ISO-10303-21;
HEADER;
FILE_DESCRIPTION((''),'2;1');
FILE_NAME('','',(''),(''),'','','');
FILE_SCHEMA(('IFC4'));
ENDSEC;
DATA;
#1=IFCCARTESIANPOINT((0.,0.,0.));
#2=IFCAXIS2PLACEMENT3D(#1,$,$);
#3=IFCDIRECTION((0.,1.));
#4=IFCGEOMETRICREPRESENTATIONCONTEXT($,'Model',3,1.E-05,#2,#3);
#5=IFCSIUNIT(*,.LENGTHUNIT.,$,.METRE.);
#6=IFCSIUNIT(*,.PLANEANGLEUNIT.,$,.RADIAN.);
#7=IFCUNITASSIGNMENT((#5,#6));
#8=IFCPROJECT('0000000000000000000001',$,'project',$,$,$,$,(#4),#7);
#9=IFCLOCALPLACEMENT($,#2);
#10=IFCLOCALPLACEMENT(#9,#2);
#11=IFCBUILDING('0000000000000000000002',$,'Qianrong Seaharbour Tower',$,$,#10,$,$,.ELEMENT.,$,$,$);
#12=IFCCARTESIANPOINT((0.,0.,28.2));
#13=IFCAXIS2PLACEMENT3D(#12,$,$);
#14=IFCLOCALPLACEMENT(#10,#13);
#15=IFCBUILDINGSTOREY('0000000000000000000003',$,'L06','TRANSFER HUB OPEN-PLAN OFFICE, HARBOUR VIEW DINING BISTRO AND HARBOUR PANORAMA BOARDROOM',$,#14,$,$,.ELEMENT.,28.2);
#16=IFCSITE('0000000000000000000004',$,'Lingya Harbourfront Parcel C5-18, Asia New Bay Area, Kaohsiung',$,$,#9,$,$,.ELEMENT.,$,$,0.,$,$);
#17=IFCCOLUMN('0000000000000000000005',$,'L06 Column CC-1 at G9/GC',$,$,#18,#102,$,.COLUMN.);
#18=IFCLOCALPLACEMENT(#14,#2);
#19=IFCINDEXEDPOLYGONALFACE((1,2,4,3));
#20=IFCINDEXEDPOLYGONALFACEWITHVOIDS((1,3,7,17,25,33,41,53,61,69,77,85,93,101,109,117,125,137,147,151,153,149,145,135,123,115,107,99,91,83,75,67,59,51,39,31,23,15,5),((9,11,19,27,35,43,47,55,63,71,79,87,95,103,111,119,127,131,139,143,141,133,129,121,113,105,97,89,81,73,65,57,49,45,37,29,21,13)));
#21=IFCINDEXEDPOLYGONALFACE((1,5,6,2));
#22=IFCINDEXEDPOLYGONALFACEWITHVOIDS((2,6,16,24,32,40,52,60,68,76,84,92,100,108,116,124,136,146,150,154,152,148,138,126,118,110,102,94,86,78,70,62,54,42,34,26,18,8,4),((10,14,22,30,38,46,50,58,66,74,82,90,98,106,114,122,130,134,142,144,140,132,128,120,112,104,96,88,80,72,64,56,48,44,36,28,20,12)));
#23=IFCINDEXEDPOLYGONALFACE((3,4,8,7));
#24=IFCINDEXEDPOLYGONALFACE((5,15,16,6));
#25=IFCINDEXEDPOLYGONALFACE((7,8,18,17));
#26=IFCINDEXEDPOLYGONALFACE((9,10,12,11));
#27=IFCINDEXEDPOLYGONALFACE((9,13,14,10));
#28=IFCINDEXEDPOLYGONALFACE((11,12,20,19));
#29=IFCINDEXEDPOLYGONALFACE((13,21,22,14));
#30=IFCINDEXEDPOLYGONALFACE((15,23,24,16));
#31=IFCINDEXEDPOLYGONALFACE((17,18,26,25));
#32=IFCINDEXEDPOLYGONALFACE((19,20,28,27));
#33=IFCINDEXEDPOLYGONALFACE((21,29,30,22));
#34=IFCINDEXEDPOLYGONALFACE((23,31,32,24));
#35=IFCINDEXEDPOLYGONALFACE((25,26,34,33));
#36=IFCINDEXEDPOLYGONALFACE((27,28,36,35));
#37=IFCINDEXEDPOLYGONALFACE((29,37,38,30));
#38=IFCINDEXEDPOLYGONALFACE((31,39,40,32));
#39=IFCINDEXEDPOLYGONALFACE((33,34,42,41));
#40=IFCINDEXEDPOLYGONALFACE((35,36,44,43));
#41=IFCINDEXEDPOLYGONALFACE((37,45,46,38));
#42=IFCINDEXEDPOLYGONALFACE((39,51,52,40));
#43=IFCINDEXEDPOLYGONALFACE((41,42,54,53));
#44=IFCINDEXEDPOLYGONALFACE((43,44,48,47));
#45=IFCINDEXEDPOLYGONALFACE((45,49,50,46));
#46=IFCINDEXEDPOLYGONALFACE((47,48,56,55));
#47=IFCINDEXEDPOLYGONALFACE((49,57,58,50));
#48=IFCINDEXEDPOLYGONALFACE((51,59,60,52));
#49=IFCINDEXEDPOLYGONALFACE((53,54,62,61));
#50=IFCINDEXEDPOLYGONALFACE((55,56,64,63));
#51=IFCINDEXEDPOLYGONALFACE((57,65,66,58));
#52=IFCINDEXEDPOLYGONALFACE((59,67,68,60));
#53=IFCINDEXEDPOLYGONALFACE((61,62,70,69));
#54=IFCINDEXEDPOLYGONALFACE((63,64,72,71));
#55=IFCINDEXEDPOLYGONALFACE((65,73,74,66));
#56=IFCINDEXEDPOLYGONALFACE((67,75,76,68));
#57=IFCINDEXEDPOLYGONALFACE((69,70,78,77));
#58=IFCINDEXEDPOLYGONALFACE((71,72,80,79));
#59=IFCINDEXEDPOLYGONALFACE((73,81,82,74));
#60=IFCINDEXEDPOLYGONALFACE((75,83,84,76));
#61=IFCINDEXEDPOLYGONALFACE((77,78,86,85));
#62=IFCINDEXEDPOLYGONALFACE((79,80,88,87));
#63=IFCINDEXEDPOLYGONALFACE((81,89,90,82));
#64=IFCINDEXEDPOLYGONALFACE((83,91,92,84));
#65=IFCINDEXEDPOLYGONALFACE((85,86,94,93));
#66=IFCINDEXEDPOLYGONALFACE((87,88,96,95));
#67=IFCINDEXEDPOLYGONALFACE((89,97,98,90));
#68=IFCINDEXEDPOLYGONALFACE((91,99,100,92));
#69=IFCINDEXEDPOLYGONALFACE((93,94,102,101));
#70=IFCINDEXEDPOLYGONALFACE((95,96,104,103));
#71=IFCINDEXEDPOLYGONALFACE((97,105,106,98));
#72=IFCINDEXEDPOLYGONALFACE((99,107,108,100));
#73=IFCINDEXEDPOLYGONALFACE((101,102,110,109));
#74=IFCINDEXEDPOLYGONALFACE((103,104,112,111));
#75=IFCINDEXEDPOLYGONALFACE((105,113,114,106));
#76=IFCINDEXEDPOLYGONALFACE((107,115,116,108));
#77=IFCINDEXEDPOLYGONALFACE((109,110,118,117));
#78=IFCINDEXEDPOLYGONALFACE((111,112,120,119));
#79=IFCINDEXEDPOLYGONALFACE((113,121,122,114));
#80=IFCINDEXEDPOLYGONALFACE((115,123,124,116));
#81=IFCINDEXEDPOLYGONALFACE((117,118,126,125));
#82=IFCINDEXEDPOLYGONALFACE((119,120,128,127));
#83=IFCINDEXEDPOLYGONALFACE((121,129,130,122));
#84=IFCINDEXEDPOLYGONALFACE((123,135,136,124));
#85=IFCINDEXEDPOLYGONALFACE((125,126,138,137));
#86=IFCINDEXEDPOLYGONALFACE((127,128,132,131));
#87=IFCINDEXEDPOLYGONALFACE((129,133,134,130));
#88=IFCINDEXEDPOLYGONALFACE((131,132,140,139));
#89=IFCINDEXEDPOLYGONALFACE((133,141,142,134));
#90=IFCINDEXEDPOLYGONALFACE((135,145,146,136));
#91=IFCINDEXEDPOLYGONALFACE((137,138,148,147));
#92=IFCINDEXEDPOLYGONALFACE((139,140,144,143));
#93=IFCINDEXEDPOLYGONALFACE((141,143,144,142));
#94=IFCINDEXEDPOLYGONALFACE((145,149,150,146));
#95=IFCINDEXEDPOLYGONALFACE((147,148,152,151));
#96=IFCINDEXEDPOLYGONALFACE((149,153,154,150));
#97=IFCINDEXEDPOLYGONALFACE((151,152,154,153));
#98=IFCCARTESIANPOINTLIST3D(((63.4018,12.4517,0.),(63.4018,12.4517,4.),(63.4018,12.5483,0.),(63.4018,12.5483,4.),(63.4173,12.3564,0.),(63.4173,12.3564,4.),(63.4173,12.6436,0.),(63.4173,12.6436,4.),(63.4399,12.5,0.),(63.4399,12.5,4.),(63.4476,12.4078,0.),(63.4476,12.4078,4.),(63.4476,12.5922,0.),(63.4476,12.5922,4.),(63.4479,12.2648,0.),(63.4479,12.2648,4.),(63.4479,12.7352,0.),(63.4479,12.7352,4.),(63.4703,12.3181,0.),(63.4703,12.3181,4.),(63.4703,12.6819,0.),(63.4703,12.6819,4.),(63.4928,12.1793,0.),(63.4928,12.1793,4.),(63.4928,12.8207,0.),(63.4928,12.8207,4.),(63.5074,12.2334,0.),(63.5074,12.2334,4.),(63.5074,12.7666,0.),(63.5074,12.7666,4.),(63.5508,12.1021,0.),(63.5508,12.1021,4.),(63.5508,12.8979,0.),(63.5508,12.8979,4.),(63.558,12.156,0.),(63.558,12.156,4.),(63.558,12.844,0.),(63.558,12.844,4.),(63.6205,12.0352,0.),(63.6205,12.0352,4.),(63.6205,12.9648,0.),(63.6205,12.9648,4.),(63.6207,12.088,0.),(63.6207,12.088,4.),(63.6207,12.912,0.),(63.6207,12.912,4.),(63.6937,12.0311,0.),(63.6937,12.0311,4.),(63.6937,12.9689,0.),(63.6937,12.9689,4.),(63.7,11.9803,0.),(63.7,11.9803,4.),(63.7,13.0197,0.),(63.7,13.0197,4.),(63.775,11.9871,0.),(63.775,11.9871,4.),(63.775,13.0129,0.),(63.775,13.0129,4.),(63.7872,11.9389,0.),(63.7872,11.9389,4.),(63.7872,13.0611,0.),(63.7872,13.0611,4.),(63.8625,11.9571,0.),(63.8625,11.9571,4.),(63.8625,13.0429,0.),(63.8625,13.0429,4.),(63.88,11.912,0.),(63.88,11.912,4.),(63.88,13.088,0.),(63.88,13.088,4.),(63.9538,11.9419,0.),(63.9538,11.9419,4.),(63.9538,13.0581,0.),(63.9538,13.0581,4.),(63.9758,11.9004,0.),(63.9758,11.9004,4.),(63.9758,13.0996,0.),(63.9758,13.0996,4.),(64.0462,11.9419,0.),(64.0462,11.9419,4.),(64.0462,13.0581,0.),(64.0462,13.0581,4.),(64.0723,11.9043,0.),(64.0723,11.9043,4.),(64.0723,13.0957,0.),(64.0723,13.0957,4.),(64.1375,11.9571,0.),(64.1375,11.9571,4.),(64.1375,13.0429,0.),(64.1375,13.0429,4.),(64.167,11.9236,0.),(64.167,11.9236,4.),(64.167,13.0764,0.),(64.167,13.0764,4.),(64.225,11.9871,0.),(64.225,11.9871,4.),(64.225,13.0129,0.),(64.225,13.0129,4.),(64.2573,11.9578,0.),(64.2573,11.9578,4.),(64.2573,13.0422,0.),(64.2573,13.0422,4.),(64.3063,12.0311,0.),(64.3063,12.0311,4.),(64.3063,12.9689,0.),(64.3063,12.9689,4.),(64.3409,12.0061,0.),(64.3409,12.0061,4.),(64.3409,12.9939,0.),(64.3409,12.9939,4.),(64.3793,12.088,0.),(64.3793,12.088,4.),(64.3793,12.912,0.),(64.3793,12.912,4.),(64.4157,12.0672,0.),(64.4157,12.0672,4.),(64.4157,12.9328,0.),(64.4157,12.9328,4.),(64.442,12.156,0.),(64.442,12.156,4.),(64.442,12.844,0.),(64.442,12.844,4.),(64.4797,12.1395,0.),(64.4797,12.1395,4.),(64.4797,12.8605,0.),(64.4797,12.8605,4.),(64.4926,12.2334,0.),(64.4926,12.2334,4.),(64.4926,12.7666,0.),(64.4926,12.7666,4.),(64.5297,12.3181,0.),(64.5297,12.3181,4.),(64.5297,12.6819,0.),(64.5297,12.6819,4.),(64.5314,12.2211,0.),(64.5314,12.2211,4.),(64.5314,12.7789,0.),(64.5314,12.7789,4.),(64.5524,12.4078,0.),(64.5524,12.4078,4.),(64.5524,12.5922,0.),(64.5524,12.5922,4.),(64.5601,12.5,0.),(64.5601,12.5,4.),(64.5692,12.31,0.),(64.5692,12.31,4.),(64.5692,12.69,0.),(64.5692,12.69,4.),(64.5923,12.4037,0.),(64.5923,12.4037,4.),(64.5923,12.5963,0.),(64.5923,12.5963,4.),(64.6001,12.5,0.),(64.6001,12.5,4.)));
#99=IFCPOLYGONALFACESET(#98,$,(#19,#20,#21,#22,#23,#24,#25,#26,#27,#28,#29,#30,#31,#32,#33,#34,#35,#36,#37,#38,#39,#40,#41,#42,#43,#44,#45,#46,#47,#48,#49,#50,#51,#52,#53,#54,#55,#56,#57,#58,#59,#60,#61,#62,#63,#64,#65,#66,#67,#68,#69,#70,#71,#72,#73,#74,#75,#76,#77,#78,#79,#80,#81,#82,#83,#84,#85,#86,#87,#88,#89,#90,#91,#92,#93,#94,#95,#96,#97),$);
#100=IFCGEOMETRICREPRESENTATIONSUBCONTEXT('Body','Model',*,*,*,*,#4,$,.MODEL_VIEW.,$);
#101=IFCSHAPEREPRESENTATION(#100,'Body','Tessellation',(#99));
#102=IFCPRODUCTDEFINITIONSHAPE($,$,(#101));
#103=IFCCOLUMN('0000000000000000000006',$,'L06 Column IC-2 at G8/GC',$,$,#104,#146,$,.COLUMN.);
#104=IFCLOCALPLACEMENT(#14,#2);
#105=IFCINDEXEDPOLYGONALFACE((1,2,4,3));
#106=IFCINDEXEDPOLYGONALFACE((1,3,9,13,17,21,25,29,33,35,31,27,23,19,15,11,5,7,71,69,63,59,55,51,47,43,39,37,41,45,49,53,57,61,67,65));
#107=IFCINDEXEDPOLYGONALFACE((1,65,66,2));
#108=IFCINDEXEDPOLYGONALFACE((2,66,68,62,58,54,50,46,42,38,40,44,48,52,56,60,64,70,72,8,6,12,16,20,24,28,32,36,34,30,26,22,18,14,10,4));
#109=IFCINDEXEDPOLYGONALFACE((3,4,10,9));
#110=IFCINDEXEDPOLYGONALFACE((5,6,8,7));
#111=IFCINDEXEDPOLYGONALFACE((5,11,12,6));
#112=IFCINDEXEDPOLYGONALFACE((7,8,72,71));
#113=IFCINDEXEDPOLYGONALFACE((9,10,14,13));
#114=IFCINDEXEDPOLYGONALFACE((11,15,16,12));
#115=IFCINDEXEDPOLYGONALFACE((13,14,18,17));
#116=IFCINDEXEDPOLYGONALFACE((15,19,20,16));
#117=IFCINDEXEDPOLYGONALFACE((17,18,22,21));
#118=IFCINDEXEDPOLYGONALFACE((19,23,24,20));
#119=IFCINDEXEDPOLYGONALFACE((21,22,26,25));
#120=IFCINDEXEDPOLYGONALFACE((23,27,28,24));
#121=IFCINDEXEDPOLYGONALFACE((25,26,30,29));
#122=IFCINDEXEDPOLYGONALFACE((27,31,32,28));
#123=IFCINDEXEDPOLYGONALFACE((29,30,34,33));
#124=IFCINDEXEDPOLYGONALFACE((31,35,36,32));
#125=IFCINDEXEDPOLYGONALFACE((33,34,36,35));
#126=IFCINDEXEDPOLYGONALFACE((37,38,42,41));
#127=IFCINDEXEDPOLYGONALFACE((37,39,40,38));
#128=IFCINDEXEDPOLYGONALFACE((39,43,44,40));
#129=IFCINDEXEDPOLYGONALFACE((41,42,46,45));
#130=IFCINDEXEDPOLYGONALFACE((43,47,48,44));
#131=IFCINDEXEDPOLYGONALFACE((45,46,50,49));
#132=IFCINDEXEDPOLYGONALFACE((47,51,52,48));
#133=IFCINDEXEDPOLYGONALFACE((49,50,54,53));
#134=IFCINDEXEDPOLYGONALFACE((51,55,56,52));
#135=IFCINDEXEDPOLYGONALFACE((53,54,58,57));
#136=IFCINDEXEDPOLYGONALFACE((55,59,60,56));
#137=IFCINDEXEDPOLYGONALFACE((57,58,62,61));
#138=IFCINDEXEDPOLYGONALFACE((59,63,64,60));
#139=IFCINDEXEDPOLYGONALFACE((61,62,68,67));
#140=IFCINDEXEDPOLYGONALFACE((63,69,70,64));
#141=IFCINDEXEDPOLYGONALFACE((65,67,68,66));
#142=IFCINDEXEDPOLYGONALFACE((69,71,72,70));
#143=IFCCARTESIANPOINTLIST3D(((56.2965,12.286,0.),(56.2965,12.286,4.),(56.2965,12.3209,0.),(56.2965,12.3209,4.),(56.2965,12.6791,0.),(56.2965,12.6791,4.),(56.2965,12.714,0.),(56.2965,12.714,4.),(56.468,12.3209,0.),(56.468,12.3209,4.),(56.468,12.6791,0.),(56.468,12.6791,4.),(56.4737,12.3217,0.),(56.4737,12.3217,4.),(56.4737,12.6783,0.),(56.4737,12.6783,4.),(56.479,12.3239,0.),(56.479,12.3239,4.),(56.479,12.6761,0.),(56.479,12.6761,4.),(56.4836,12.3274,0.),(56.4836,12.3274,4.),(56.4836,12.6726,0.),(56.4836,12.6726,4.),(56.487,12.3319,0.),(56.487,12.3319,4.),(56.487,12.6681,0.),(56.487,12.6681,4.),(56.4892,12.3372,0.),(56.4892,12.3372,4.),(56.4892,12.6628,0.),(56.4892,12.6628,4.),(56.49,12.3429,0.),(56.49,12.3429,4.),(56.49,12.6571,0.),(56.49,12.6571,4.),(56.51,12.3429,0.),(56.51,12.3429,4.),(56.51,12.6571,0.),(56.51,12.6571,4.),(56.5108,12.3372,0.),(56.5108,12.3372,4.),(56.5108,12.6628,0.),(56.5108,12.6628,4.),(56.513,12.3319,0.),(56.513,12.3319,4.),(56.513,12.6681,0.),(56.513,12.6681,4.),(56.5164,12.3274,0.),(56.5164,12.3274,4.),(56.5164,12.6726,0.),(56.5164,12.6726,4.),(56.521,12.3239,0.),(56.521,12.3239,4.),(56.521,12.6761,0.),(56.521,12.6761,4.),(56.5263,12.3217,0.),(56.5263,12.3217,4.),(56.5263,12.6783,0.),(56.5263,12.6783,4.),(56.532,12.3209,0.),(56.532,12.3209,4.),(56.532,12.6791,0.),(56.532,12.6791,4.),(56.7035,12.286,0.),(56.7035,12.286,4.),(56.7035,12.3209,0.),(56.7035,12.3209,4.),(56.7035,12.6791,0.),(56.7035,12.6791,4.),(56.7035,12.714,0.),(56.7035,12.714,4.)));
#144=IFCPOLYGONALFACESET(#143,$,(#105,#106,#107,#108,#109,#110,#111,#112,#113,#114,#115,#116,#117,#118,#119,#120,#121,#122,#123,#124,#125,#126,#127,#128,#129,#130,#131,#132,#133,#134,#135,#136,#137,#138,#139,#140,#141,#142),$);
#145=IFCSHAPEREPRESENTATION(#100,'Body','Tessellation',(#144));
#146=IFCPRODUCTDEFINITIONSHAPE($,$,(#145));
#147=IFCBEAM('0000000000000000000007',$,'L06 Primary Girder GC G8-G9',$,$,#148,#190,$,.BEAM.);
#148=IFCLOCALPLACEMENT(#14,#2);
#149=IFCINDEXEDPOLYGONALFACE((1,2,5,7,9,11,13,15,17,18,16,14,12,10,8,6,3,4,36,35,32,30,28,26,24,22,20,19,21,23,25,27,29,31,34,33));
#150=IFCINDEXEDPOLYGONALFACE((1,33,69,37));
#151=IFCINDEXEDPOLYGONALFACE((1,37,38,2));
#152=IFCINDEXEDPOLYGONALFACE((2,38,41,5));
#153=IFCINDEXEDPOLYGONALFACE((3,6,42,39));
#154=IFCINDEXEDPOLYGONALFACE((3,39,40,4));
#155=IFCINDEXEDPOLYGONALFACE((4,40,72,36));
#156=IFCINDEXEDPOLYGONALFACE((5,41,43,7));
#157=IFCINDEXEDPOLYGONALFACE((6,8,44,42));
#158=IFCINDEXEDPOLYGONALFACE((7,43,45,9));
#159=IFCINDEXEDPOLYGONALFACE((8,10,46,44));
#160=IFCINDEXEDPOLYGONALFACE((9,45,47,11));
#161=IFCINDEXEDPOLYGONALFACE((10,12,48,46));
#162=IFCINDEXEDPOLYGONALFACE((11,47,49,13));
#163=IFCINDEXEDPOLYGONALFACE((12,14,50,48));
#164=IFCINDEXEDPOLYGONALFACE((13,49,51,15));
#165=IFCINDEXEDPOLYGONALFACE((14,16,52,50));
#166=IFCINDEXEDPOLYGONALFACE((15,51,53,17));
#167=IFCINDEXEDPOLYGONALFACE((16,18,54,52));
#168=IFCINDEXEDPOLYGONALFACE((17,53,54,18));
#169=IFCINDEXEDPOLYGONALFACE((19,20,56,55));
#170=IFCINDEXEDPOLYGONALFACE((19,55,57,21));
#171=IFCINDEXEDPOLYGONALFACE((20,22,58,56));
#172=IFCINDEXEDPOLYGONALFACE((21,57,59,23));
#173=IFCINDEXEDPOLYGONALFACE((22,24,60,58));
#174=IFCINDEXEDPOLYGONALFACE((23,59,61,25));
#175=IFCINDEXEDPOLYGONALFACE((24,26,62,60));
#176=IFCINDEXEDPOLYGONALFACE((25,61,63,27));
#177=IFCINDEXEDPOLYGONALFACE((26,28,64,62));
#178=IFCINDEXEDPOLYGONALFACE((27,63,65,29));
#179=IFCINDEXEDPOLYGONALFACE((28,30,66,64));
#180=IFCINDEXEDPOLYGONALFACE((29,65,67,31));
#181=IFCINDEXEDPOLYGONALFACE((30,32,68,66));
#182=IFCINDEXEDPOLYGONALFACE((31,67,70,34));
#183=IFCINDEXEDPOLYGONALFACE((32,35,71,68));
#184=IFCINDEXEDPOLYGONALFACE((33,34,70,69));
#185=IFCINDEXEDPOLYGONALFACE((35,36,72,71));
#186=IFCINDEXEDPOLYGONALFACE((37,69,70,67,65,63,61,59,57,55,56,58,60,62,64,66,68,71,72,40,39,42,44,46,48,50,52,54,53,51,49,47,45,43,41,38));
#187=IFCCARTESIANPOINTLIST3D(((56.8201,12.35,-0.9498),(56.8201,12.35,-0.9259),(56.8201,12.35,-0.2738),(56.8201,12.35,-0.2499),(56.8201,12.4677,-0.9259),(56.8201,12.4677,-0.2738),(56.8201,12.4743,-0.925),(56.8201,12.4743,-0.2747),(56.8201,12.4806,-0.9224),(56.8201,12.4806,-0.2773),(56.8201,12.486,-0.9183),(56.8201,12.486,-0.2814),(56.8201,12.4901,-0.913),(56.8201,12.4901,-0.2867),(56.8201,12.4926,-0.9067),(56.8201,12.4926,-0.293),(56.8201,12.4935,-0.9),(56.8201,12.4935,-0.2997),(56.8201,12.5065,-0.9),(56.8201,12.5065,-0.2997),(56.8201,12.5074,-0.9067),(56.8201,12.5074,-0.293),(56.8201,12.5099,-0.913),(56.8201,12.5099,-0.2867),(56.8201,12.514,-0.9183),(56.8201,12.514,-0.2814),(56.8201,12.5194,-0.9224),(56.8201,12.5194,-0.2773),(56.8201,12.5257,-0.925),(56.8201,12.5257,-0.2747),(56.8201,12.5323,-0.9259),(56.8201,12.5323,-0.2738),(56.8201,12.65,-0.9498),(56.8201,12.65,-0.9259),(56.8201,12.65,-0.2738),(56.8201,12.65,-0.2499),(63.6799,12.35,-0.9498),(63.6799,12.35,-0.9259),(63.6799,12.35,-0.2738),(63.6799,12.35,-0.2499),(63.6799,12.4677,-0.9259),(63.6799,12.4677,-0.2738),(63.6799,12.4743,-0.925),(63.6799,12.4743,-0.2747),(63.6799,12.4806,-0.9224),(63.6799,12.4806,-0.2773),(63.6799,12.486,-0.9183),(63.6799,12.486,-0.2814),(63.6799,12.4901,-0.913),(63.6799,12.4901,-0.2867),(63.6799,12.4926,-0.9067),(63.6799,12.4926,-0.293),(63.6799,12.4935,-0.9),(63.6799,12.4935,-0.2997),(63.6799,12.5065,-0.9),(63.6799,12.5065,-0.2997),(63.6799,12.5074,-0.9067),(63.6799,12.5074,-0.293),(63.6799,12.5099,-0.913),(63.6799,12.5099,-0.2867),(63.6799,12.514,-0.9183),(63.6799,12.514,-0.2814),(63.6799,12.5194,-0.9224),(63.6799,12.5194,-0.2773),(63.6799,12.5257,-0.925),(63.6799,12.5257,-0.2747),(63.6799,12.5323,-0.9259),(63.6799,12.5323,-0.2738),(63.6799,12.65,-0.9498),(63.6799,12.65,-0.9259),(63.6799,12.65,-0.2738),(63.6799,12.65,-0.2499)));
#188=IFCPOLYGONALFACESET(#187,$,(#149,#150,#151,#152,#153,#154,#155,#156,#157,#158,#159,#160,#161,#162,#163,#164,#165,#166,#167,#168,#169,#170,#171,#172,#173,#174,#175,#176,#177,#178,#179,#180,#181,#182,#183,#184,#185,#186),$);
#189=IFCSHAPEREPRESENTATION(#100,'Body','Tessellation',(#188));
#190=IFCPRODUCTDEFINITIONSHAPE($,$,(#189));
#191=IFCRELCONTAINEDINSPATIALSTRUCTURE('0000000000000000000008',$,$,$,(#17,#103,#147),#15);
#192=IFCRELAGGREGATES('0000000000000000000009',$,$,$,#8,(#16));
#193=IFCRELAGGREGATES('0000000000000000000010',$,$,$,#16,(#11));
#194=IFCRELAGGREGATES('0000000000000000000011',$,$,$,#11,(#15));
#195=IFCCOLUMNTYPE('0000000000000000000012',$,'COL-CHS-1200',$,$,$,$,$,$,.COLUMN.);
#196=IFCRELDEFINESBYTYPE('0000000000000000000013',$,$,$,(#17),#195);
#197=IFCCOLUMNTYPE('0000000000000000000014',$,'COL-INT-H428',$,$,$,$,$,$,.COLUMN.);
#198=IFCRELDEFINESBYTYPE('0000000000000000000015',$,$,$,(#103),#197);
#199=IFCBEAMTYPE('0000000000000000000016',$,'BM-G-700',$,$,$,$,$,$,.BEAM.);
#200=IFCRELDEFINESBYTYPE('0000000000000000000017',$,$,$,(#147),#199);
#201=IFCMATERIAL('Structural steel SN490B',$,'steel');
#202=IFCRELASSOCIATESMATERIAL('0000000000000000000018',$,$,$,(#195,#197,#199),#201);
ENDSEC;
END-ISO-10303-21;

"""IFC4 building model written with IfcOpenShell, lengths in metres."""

from ifc_helpers import new_model, si_unit, direction, frame, origin, origin_2d, place, context, subcontext, project, spatial, hollow_circle, i_section, extrude, material, material_profile, profile_set, type_object, element, save


model = new_model("IFC4")

# Units and contexts
model_context = context("Model", 3, precision=1e-05, world=origin(), true_north=direction((0.0, 1.0)))
body_context = subcontext(model_context, "Body", "Model", "MODEL_VIEW")
ifc_project = project(units=[si_unit("LENGTHUNIT", "METRE"), si_unit("PLANEANGLEUNIT", "RADIAN")], contexts=[model_context])

# Site, building, storey
site_placement = place(None, origin())
site = spatial("IfcSite", under=ifc_project, at=site_placement, Name="Lingya Harbourfront Parcel C5-18, Asia New Bay Area, Kaohsiung", CompositionType="ELEMENT", RefElevation=0.0)
building_placement = place(site_placement, origin())
building = spatial("IfcBuilding", under=site, at=building_placement, Name="Qianrong Seaharbour Tower", CompositionType="ELEMENT")
storey_placement = place(building_placement, frame((0.0, 0.0, 28.2)))
storey = spatial("IfcBuildingStorey", under=building, at=storey_placement, Name="L06", Description="TRANSFER HUB OPEN-PLAN OFFICE, HARBOUR VIEW DINING BISTRO AND HARBOUR PANORAMA BOARDROOM", CompositionType="ELEMENT", Elevation=28.2)

# Columns
ifc_material_1 = material(Name="Structural steel SN490B", Category="steel")
ifc_material_profile_1 = material_profile(ifc_material_1, hollow_circle(Radius=0.6001, WallThickness=0.04, at=origin_2d()), Name="CHS1200x40")
ifc_profile_set_1 = profile_set([ifc_material_profile_1], Name="Structural steel SN490B")
column_type_1 = type_object("IfcColumnType", Name="COL-CHS-1200", PredefinedType="COLUMN", material=ifc_profile_set_1)
column_1_placement = place(storey_placement, frame((64.0, 12.5, 0.0), z_axis=(0.0, 0.0, 1.0), x_axis=(1.0, 0.0, 0.0)))
element("IfcColumn", 1, at=column_1_placement, inside=storey, type_object=column_type_1, Name="L06 Column CC-1 at G9/GC", PredefinedType="COLUMN", context=body_context, shape_type="SweptSolid", body=[
    extrude(hollow_circle(Radius=0.6001, WallThickness=0.04, at=origin_2d()), origin(), (0.0, 0.0, 1.0), 4.0),
])
ifc_material_profile_2 = material_profile(ifc_material_1, i_section(OverallWidth=0.407, OverallDepth=0.428, WebThickness=0.02, FlangeThickness=0.0349, FilletRadius=0.022, at=origin_2d()), Name="H428x407x20x35")
ifc_profile_set_2 = profile_set([ifc_material_profile_2], Name="Structural steel SN490B")
column_type_2 = type_object("IfcColumnType", Name="COL-INT-H428", PredefinedType="COLUMN", material=ifc_profile_set_2)
column_2_placement = place(storey_placement, frame((56.5, 12.5, 0.0), z_axis=(0.0, 0.0, 1.0), x_axis=(1.0, 0.0, 0.0)))
element("IfcColumn", 2, at=column_2_placement, inside=storey, type_object=column_type_2, Name="L06 Column IC-2 at G8/GC", PredefinedType="COLUMN", context=body_context, shape_type="SweptSolid", body=[
    extrude(i_section(OverallWidth=0.407, OverallDepth=0.428, WebThickness=0.02, FlangeThickness=0.0349, FilletRadius=0.022, at=origin_2d()), origin(), (0.0, 0.0, 1.0), 4.0),
])

# Beam
ifc_material_profile_3 = material_profile(ifc_material_1, i_section(OverallWidth=0.3, OverallDepth=0.7, WebThickness=0.0129, FlangeThickness=0.0239, FilletRadius=0.0259, at=origin_2d()), Name="H700x300x13x24")
ifc_profile_set_3 = profile_set([ifc_material_profile_3], Name="Structural steel SN490B")
beam_type_1 = type_object("IfcBeamType", Name="BM-G-700", PredefinedType="BEAM", material=ifc_profile_set_3)
beam_1_placement = place(storey_placement, frame((56.8201, 12.5, -0.5999), z_axis=(1.0, 0.0, 0.0), x_axis=(0.0, 1.0, 0.0)))
element("IfcBeam", 3, at=beam_1_placement, inside=storey, type_object=beam_type_1, Name="L06 Primary Girder GC G8-G9", PredefinedType="BEAM", context=body_context, shape_type="SweptSolid", body=[
    extrude(i_section(OverallWidth=0.3, OverallDepth=0.7, WebThickness=0.0129, FlangeThickness=0.0239, FilletRadius=0.0259, at=origin_2d()), origin(), (0.0, 0.0, 1.0), 6.8599),
])

save(model, "model.ifc")
